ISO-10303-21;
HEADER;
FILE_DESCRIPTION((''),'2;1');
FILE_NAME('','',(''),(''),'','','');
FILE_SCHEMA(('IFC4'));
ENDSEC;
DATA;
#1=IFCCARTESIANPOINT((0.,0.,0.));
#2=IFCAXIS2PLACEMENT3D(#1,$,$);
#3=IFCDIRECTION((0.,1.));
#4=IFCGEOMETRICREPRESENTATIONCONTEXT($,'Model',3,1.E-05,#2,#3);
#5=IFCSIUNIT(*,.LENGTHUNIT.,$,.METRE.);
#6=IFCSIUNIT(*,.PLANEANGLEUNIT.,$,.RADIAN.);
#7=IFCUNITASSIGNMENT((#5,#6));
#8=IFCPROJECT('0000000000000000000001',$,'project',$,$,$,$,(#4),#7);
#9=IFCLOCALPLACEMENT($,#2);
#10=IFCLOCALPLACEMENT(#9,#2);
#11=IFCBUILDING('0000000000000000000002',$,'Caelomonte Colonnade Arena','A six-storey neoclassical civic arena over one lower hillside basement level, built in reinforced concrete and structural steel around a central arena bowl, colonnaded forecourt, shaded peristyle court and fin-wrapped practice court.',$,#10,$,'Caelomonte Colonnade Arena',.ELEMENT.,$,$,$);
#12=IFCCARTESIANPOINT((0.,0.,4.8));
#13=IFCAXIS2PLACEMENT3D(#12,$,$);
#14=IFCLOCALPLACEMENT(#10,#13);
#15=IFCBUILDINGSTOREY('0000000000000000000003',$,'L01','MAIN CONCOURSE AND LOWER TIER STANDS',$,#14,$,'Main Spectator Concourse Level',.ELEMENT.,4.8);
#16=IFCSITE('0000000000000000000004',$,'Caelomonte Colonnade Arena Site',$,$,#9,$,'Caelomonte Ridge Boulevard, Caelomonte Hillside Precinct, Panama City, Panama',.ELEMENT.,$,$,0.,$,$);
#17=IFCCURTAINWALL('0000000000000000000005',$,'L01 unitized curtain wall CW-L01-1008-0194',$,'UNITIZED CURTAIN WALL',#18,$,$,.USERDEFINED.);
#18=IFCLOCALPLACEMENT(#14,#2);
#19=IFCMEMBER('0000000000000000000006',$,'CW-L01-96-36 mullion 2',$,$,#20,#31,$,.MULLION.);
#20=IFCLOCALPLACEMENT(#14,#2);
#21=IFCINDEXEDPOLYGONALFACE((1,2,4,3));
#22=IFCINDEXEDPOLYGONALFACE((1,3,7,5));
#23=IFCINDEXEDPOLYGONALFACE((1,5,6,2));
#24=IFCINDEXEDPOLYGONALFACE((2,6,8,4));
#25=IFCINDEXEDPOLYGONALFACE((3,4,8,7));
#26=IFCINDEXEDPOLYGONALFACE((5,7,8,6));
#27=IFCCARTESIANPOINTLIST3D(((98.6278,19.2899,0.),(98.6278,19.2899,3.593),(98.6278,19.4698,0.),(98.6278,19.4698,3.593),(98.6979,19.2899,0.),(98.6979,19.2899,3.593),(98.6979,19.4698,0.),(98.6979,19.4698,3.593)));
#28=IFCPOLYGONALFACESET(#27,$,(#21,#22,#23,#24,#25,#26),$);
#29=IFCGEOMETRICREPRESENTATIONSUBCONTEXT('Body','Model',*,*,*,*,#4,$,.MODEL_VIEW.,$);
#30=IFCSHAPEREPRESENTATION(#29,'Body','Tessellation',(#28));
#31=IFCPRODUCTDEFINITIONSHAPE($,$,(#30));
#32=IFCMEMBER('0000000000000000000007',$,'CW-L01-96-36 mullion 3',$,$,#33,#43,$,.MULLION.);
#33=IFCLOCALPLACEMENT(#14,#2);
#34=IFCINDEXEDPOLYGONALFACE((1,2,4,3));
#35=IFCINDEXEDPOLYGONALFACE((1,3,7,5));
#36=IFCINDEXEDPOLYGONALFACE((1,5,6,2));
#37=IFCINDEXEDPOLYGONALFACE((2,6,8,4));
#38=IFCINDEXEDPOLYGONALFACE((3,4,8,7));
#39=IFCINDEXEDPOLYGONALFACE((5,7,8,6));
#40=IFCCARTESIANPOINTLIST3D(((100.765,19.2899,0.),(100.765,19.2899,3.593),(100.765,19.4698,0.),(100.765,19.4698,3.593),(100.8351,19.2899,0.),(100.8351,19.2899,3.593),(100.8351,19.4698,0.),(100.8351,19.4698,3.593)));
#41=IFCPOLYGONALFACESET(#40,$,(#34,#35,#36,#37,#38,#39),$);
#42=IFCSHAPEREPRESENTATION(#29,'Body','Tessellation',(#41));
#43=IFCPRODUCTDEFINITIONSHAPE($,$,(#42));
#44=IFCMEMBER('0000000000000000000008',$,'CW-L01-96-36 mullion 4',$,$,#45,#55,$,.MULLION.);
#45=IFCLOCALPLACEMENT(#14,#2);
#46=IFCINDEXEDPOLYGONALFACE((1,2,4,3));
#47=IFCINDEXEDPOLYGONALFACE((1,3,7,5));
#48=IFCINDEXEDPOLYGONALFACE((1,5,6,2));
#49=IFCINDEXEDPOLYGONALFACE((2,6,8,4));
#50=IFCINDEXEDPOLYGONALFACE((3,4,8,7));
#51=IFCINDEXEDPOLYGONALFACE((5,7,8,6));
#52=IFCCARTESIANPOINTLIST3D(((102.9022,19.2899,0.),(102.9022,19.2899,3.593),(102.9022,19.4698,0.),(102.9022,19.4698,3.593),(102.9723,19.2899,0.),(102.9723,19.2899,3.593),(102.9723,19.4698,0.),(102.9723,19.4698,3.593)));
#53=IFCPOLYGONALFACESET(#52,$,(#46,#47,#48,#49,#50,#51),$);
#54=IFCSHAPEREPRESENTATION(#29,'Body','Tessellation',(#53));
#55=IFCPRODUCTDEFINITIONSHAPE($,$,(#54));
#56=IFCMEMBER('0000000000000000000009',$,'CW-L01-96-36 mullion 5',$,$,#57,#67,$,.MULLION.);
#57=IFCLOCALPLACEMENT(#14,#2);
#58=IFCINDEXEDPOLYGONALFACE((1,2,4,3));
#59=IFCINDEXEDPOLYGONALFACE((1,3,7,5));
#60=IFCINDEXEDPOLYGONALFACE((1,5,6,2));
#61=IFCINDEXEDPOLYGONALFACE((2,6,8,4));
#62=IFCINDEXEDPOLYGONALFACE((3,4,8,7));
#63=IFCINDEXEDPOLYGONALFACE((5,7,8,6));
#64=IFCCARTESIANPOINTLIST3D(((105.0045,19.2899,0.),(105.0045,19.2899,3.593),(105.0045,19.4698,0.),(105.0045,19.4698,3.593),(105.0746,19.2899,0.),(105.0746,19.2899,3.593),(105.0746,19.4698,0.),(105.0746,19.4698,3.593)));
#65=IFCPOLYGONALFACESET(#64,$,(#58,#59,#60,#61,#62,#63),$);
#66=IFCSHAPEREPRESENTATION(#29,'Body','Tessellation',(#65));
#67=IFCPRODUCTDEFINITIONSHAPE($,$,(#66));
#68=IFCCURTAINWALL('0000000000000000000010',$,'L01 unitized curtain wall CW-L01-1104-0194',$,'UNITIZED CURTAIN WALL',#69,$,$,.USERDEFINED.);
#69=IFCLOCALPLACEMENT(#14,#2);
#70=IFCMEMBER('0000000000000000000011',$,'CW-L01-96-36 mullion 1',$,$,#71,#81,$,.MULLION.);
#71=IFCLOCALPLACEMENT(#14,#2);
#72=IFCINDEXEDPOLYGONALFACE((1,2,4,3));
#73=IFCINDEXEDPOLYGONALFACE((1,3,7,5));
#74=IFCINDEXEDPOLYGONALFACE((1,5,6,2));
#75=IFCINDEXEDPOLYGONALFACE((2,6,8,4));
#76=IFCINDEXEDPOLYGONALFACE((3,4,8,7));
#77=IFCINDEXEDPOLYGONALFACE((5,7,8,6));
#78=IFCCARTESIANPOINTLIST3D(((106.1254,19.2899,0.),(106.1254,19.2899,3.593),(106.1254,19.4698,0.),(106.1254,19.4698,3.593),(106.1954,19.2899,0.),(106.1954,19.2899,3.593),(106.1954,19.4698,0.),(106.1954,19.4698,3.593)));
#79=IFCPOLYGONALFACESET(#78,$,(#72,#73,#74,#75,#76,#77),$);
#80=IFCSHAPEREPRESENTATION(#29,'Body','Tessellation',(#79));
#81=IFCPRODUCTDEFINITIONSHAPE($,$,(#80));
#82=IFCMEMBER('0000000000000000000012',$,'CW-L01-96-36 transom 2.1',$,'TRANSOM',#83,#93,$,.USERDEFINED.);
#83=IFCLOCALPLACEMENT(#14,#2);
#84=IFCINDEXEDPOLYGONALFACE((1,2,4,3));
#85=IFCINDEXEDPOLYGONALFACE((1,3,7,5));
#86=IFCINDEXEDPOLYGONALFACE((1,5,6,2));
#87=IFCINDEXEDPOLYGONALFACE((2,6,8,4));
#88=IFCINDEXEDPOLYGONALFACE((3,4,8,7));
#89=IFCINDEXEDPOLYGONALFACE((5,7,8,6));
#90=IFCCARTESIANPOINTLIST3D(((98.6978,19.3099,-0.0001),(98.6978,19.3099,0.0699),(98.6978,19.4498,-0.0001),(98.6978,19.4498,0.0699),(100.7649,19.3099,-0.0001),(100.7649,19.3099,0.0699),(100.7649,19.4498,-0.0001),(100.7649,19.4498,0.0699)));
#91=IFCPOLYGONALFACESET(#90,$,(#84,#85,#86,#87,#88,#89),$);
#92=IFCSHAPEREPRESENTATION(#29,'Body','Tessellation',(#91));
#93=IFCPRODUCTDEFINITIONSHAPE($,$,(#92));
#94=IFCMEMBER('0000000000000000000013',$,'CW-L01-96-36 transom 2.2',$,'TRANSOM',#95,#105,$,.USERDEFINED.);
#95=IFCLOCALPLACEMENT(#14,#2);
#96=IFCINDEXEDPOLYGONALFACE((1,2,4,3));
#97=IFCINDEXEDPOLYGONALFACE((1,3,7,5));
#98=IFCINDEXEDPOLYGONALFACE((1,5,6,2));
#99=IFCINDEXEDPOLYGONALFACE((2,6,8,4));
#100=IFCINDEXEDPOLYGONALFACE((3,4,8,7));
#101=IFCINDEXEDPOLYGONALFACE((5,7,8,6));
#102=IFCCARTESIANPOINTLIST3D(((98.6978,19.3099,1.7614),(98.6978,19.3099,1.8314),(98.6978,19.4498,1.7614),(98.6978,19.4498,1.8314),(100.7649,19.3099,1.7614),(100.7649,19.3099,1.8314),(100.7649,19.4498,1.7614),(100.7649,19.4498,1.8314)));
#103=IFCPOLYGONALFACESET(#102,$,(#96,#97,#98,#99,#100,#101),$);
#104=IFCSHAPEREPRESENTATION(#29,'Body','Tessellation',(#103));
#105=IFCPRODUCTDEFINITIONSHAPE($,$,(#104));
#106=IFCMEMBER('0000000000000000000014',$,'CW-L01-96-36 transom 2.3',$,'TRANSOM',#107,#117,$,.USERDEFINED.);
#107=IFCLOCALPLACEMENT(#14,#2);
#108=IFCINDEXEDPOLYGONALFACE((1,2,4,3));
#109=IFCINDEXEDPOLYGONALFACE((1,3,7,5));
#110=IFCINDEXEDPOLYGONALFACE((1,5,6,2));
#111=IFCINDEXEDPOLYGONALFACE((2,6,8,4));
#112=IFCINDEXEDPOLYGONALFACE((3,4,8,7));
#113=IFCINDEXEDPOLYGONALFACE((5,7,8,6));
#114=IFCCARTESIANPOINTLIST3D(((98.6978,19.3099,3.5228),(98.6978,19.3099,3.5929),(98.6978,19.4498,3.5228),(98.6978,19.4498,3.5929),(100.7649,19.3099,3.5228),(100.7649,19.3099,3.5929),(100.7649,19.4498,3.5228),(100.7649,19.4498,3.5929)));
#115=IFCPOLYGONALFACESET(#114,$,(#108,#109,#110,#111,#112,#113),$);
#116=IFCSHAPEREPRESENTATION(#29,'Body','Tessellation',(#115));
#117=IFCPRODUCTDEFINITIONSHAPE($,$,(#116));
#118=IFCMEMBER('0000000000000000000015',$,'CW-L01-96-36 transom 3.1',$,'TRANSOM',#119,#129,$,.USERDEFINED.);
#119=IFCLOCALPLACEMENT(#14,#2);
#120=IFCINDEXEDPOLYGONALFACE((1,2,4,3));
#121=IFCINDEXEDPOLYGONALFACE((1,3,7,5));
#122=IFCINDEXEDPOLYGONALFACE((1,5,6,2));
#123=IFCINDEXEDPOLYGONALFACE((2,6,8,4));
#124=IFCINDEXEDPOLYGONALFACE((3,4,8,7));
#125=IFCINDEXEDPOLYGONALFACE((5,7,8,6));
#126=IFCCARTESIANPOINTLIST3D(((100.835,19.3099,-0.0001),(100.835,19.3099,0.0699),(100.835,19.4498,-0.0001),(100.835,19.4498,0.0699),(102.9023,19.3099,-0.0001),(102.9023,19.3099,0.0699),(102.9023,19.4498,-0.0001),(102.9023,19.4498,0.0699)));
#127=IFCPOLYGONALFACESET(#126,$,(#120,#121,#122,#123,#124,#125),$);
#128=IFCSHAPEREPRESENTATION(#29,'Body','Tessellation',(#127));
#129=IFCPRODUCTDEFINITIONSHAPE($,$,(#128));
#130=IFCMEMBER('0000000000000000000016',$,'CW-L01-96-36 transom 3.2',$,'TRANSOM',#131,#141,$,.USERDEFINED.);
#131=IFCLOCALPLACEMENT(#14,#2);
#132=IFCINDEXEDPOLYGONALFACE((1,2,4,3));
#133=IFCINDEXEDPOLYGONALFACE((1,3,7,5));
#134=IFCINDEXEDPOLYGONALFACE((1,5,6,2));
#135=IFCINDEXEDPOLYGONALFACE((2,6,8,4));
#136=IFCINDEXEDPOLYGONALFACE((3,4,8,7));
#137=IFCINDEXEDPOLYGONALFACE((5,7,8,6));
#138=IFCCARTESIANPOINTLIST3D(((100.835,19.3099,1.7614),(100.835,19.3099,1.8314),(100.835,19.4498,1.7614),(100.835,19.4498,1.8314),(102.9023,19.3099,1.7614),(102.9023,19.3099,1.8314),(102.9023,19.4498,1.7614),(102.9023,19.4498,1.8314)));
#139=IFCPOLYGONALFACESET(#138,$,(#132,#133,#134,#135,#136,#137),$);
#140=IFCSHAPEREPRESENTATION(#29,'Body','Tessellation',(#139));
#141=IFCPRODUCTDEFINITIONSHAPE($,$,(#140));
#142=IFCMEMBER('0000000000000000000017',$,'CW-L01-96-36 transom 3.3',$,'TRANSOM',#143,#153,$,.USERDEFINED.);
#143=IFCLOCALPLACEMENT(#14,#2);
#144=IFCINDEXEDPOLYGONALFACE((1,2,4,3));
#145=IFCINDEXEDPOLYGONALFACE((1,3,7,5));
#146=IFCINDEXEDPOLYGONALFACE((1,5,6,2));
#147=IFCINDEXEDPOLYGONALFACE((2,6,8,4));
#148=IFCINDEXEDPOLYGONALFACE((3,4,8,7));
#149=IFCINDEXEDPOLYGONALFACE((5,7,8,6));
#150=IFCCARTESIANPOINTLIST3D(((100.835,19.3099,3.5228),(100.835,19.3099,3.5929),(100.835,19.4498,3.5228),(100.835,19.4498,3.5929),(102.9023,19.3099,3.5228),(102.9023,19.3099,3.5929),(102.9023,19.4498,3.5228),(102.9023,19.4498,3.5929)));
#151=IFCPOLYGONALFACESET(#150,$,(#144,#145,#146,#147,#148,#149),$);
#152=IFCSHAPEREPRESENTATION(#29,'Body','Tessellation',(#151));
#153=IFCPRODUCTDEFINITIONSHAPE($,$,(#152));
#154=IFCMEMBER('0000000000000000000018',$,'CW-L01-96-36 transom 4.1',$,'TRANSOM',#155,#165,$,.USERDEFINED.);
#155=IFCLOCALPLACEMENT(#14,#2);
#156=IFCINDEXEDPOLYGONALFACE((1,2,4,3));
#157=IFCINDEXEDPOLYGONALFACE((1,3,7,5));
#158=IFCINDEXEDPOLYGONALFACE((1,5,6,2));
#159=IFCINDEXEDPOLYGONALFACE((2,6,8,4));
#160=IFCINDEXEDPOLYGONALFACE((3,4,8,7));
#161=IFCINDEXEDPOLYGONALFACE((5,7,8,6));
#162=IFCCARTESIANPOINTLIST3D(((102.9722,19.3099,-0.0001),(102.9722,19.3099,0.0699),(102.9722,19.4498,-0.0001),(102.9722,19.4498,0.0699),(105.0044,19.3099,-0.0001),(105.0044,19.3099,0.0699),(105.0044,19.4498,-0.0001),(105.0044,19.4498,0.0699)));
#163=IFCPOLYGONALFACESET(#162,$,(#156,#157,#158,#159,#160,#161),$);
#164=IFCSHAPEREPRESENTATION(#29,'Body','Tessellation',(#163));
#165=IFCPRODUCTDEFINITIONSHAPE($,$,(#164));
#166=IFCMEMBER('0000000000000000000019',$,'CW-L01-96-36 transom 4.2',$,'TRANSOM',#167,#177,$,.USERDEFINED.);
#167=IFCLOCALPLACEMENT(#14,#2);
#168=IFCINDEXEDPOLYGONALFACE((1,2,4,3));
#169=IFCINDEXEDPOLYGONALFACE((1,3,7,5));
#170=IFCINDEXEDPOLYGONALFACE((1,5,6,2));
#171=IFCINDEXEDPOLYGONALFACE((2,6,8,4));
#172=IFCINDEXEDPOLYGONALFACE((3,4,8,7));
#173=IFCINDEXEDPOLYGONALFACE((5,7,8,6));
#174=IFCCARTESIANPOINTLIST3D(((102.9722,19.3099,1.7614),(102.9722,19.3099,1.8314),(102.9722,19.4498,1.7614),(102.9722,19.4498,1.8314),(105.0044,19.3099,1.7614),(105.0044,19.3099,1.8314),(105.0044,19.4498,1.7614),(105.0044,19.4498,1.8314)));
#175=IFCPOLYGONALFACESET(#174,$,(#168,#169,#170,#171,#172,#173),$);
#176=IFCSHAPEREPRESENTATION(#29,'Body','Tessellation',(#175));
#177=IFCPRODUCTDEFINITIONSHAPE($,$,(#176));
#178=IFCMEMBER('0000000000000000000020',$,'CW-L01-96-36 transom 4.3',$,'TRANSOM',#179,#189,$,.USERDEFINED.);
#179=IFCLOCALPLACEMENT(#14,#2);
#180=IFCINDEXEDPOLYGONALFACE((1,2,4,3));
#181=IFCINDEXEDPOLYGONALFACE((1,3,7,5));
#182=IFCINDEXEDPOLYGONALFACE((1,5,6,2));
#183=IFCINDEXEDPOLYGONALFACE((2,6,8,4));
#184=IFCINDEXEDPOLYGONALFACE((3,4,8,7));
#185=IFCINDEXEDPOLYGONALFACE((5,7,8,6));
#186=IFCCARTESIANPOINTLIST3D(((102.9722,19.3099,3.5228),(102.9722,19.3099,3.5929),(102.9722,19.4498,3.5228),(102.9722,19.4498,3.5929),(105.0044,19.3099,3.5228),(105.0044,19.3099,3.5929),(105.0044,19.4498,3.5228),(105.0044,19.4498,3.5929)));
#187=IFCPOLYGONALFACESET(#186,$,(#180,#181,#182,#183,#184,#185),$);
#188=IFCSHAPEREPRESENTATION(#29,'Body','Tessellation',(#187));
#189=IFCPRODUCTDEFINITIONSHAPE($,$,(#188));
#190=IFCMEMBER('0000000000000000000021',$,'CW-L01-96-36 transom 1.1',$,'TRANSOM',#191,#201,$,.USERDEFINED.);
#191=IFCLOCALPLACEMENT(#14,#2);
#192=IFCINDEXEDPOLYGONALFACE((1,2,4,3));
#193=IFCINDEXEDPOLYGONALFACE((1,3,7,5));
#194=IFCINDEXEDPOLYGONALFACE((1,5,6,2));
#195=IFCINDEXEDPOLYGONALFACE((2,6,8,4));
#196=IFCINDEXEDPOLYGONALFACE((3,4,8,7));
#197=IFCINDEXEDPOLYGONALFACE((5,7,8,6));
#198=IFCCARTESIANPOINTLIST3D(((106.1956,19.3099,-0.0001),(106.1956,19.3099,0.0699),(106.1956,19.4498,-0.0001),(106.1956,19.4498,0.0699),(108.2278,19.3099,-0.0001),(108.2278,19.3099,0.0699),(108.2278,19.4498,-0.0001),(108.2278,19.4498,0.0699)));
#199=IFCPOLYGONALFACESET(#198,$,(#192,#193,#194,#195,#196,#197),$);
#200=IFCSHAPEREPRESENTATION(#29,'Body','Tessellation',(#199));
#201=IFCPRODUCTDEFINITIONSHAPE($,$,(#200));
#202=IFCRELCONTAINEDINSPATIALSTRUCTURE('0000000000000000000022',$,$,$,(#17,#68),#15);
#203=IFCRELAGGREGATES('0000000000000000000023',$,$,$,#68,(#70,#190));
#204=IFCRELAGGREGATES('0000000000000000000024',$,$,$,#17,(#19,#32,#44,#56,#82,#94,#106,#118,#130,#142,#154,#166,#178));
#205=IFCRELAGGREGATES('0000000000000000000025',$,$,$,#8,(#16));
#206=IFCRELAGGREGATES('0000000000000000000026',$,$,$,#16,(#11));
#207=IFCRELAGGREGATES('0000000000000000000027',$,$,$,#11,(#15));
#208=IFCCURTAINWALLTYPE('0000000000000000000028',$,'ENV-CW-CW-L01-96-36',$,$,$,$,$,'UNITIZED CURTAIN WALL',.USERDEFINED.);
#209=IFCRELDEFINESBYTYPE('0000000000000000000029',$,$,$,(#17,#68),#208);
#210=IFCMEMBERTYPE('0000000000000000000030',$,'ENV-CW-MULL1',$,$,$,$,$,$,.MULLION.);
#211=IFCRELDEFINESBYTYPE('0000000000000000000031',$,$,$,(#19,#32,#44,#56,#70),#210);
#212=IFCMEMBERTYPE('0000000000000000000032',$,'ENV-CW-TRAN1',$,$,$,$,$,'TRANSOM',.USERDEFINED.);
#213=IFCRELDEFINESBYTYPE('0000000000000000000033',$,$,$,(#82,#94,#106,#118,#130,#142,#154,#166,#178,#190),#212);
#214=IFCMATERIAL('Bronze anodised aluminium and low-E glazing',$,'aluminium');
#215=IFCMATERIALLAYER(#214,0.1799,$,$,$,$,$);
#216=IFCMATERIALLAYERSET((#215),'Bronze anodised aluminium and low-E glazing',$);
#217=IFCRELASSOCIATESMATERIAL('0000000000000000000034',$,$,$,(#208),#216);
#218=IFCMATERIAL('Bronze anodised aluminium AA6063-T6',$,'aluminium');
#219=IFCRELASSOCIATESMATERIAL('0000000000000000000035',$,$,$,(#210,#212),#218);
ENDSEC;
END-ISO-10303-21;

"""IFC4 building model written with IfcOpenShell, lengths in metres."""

from ifc_helpers import new_model, si_unit, direction, frame, origin, origin_2d, place, context, subcontext, project, spatial, rectangle, extrude, material, layer, layer_set, material_profile, profile_set, type_object, element, aggregate, save


model = new_model("IFC4")

# Units and contexts
model_context = context("Model", 3, precision=1e-05, world=origin(), true_north=direction((0.0, 1.0)))
body_context = subcontext(model_context, "Body", "Model", "MODEL_VIEW")
ifc_project = project(units=[si_unit("LENGTHUNIT", "METRE"), si_unit("PLANEANGLEUNIT", "RADIAN")], contexts=[model_context])

# Site, building, storey
site_placement = place(None, origin())
site = spatial("IfcSite", under=ifc_project, at=site_placement, Name="Caelomonte Colonnade Arena Site", LongName="Caelomonte Ridge Boulevard, Caelomonte Hillside Precinct, Panama City, Panama", CompositionType="ELEMENT", RefElevation=0.0)
building_placement = place(site_placement, origin())
building = spatial("IfcBuilding", under=site, at=building_placement, Name="Caelomonte Colonnade Arena", Description="A six-storey neoclassical civic arena over one lower hillside basement level, built in reinforced concrete and structural steel around a central arena bowl, colonnaded forecourt, shaded peristyle court and fin-wrapped practice court.", LongName="Caelomonte Colonnade Arena", CompositionType="ELEMENT")
storey_placement = place(building_placement, frame((0.0, 0.0, 4.8)))
storey = spatial("IfcBuildingStorey", under=building, at=storey_placement, Name="L01", Description="MAIN CONCOURSE AND LOWER TIER STANDS", LongName="Main Spectator Concourse Level", CompositionType="ELEMENT", Elevation=4.8)

# Curtain wall, members
ifc_material_1 = material(Name="Bronze anodised aluminium and low-E glazing", Category="aluminium")
ifc_layer_1 = layer(ifc_material_1, 0.1799)
ifc_layer_set_1 = layer_set([ifc_layer_1], Name="Bronze anodised aluminium and low-E glazing")
curtain_wall_type = type_object("IfcCurtainWallType", Name="ENV-CW-CW-L01-96-36", ElementType="UNITIZED CURTAIN WALL", PredefinedType="USERDEFINED", material=ifc_layer_set_1)
curtain_wall_1_placement = place(storey_placement, origin())
curtain_wall_1 = element("IfcCurtainWall", 1, at=curtain_wall_1_placement, inside=storey, type_object=curtain_wall_type, Name="L01 unitized curtain wall CW-L01-1008-0194", ObjectType="UNITIZED CURTAIN WALL", PredefinedType="USERDEFINED")
ifc_material_2 = material(Name="Bronze anodised aluminium AA6063-T6", Category="aluminium")
ifc_material_profile_1 = material_profile(ifc_material_2, rectangle(XDim=0.0701, YDim=0.1799, at=origin_2d()), Name="CWM-70X180")
ifc_profile_set_1 = profile_set([ifc_material_profile_1], Name="Bronze anodised aluminium AA6063-T6")
member_type_1 = type_object("IfcMemberType", Name="ENV-CW-MULL1", PredefinedType="MULLION", material=ifc_profile_set_1)
member_1_placement = place(storey_placement, frame((98.6628, 19.3799, 0.0), z_axis=(0.0, 0.0, 1.0), x_axis=(1.0, 0.0, 0.0)))
member_1 = element("IfcMember", 2, at=member_1_placement, type_object=member_type_1, Name="CW-L01-96-36 mullion 2", PredefinedType="MULLION", context=body_context, shape_type="SweptSolid", body=[
    extrude(rectangle(XDim=0.0701, YDim=0.1799, at=origin_2d()), origin(), (0.0, 0.0, 1.0), 3.593),
])
member_2_placement = place(storey_placement, frame((100.8, 19.3799, 0.0), z_axis=(0.0, 0.0, 1.0), x_axis=(1.0, 0.0, 0.0)))
member_2 = element("IfcMember", 3, at=member_2_placement, type_object=member_type_1, Name="CW-L01-96-36 mullion 3", PredefinedType="MULLION", context=body_context, shape_type="SweptSolid", body=[
    extrude(rectangle(XDim=0.0701, YDim=0.1799, at=origin_2d()), origin(), (0.0, 0.0, 1.0), 3.593),
])
member_3_placement = place(storey_placement, frame((102.9373, 19.3799, 0.0), z_axis=(0.0, 0.0, 1.0), x_axis=(1.0, 0.0, 0.0)))
member_3 = element("IfcMember", 4, at=member_3_placement, type_object=member_type_1, Name="CW-L01-96-36 mullion 4", PredefinedType="MULLION", context=body_context, shape_type="SweptSolid", body=[
    extrude(rectangle(XDim=0.0701, YDim=0.1799, at=origin_2d()), origin(), (0.0, 0.0, 1.0), 3.593),
])
member_4_placement = place(storey_placement, frame((105.0396, 19.3799, 0.0), z_axis=(0.0, 0.0, 1.0), x_axis=(1.0, 0.0, 0.0)))
member_4 = element("IfcMember", 5, at=member_4_placement, type_object=member_type_1, Name="CW-L01-96-36 mullion 5", PredefinedType="MULLION", context=body_context, shape_type="SweptSolid", body=[
    extrude(rectangle(XDim=0.0701, YDim=0.1799, at=origin_2d()), origin(), (0.0, 0.0, 1.0), 3.593),
])

# Curtain wall, member
curtain_wall_2_placement = place(storey_placement, origin())
curtain_wall_2 = element("IfcCurtainWall", 6, at=curtain_wall_2_placement, inside=storey, type_object=curtain_wall_type, Name="L01 unitized curtain wall CW-L01-1104-0194", ObjectType="UNITIZED CURTAIN WALL", PredefinedType="USERDEFINED")
member_5_placement = place(storey_placement, frame((106.1604, 19.3799, 0.0), z_axis=(0.0, 0.0, 1.0), x_axis=(1.0, 0.0, 0.0)))
member_5 = element("IfcMember", 7, at=member_5_placement, type_object=member_type_1, Name="CW-L01-96-36 mullion 1", PredefinedType="MULLION", context=body_context, shape_type="SweptSolid", body=[
    extrude(rectangle(XDim=0.0701, YDim=0.1799, at=origin_2d()), origin(), (0.0, 0.0, 1.0), 3.593),
])

# Members
ifc_material_profile_2 = material_profile(ifc_material_2, rectangle(XDim=0.0701, YDim=0.1399, at=origin_2d()), Name="CWT-70X140")
ifc_profile_set_2 = profile_set([ifc_material_profile_2], Name="Bronze anodised aluminium AA6063-T6")
member_type_2 = type_object("IfcMemberType", Name="ENV-CW-TRAN1", ElementType="TRANSOM", PredefinedType="USERDEFINED", material=ifc_profile_set_2)
member_6_placement = place(storey_placement, frame((98.6978, 19.3799, 0.0349), z_axis=(1.0, 0.0, 0.0), x_axis=(0.0, 0.0, 1.0)))
member_6 = element("IfcMember", 8, at=member_6_placement, type_object=member_type_2, Name="CW-L01-96-36 transom 2.1", ObjectType="TRANSOM", PredefinedType="USERDEFINED", context=body_context, shape_type="SweptSolid", body=[
    extrude(rectangle(XDim=0.0701, YDim=0.1399, at=origin_2d()), origin(), (0.0, 0.0, 1.0), 2.0671),
])
member_7_placement = place(storey_placement, frame((98.6978, 19.3799, 1.7964), z_axis=(1.0, 0.0, 0.0), x_axis=(0.0, 0.0, 1.0)))
member_7 = element("IfcMember", 9, at=member_7_placement, type_object=member_type_2, Name="CW-L01-96-36 transom 2.2", ObjectType="TRANSOM", PredefinedType="USERDEFINED", context=body_context, shape_type="SweptSolid", body=[
    extrude(rectangle(XDim=0.0701, YDim=0.1399, at=origin_2d()), origin(), (0.0, 0.0, 1.0), 2.0671),
])
member_8_placement = place(storey_placement, frame((98.6978, 19.3799, 3.5579), z_axis=(1.0, 0.0, 0.0), x_axis=(0.0, 0.0, 1.0)))
member_8 = element("IfcMember", 10, at=member_8_placement, type_object=member_type_2, Name="CW-L01-96-36 transom 2.3", ObjectType="TRANSOM", PredefinedType="USERDEFINED", context=body_context, shape_type="SweptSolid", body=[
    extrude(rectangle(XDim=0.0701, YDim=0.1399, at=origin_2d()), origin(), (0.0, 0.0, 1.0), 2.0671),
])
member_9_placement = place(storey_placement, frame((100.835, 19.3799, 0.0349), z_axis=(1.0, 0.0, 0.0), x_axis=(0.0, 0.0, 1.0)))
member_9 = element("IfcMember", 11, at=member_9_placement, type_object=member_type_2, Name="CW-L01-96-36 transom 3.1", ObjectType="TRANSOM", PredefinedType="USERDEFINED", context=body_context, shape_type="SweptSolid", body=[
    extrude(rectangle(XDim=0.0701, YDim=0.1399, at=origin_2d()), origin(), (0.0, 0.0, 1.0), 2.0674),
])
member_10_placement = place(storey_placement, frame((100.835, 19.3799, 1.7964), z_axis=(1.0, 0.0, 0.0), x_axis=(0.0, 0.0, 1.0)))
member_10 = element("IfcMember", 12, at=member_10_placement, type_object=member_type_2, Name="CW-L01-96-36 transom 3.2", ObjectType="TRANSOM", PredefinedType="USERDEFINED", context=body_context, shape_type="SweptSolid", body=[
    extrude(rectangle(XDim=0.0701, YDim=0.1399, at=origin_2d()), origin(), (0.0, 0.0, 1.0), 2.0674),
])
member_11_placement = place(storey_placement, frame((100.835, 19.3799, 3.5579), z_axis=(1.0, 0.0, 0.0), x_axis=(0.0, 0.0, 1.0)))
member_11 = element("IfcMember", 13, at=member_11_placement, type_object=member_type_2, Name="CW-L01-96-36 transom 3.3", ObjectType="TRANSOM", PredefinedType="USERDEFINED", context=body_context, shape_type="SweptSolid", body=[
    extrude(rectangle(XDim=0.0701, YDim=0.1399, at=origin_2d()), origin(), (0.0, 0.0, 1.0), 2.0674),
])
member_12_placement = place(storey_placement, frame((102.9722, 19.3799, 0.0349), z_axis=(1.0, 0.0, 0.0), x_axis=(0.0, 0.0, 1.0)))
member_12 = element("IfcMember", 14, at=member_12_placement, type_object=member_type_2, Name="CW-L01-96-36 transom 4.1", ObjectType="TRANSOM", PredefinedType="USERDEFINED", context=body_context, shape_type="SweptSolid", body=[
    extrude(rectangle(XDim=0.0701, YDim=0.1399, at=origin_2d()), origin(), (0.0, 0.0, 1.0), 2.0322),
])
member_13_placement = place(storey_placement, frame((102.9722, 19.3799, 1.7964), z_axis=(1.0, 0.0, 0.0), x_axis=(0.0, 0.0, 1.0)))
member_13 = element("IfcMember", 15, at=member_13_placement, type_object=member_type_2, Name="CW-L01-96-36 transom 4.2", ObjectType="TRANSOM", PredefinedType="USERDEFINED", context=body_context, shape_type="SweptSolid", body=[
    extrude(rectangle(XDim=0.0701, YDim=0.1399, at=origin_2d()), origin(), (0.0, 0.0, 1.0), 2.0322),
])
member_14_placement = place(storey_placement, frame((102.9722, 19.3799, 3.5579), z_axis=(1.0, 0.0, 0.0), x_axis=(0.0, 0.0, 1.0)))
member_14 = element("IfcMember", 16, at=member_14_placement, type_object=member_type_2, Name="CW-L01-96-36 transom 4.3", ObjectType="TRANSOM", PredefinedType="USERDEFINED", context=body_context, shape_type="SweptSolid", body=[
    extrude(rectangle(XDim=0.0701, YDim=0.1399, at=origin_2d()), origin(), (0.0, 0.0, 1.0), 2.0322),
])
member_15_placement = place(storey_placement, frame((106.1956, 19.3799, 0.0349), z_axis=(1.0, 0.0, 0.0), x_axis=(0.0, 0.0, 1.0)))
member_15 = element("IfcMember", 17, at=member_15_placement, type_object=member_type_2, Name="CW-L01-96-36 transom 1.1", ObjectType="TRANSOM", PredefinedType="USERDEFINED", context=body_context, shape_type="SweptSolid", body=[
    extrude(rectangle(XDim=0.0701, YDim=0.1399, at=origin_2d()), origin(), (0.0, 0.0, 1.0), 2.0322),
])
aggregate(curtain_wall_2, [member_5, member_15])

aggregate(curtain_wall_1, [member_1, member_2, member_3, member_4, member_6, member_7, member_8, member_9, member_10, member_11, member_12, member_13, member_14])

save(model, "model.ifc")
